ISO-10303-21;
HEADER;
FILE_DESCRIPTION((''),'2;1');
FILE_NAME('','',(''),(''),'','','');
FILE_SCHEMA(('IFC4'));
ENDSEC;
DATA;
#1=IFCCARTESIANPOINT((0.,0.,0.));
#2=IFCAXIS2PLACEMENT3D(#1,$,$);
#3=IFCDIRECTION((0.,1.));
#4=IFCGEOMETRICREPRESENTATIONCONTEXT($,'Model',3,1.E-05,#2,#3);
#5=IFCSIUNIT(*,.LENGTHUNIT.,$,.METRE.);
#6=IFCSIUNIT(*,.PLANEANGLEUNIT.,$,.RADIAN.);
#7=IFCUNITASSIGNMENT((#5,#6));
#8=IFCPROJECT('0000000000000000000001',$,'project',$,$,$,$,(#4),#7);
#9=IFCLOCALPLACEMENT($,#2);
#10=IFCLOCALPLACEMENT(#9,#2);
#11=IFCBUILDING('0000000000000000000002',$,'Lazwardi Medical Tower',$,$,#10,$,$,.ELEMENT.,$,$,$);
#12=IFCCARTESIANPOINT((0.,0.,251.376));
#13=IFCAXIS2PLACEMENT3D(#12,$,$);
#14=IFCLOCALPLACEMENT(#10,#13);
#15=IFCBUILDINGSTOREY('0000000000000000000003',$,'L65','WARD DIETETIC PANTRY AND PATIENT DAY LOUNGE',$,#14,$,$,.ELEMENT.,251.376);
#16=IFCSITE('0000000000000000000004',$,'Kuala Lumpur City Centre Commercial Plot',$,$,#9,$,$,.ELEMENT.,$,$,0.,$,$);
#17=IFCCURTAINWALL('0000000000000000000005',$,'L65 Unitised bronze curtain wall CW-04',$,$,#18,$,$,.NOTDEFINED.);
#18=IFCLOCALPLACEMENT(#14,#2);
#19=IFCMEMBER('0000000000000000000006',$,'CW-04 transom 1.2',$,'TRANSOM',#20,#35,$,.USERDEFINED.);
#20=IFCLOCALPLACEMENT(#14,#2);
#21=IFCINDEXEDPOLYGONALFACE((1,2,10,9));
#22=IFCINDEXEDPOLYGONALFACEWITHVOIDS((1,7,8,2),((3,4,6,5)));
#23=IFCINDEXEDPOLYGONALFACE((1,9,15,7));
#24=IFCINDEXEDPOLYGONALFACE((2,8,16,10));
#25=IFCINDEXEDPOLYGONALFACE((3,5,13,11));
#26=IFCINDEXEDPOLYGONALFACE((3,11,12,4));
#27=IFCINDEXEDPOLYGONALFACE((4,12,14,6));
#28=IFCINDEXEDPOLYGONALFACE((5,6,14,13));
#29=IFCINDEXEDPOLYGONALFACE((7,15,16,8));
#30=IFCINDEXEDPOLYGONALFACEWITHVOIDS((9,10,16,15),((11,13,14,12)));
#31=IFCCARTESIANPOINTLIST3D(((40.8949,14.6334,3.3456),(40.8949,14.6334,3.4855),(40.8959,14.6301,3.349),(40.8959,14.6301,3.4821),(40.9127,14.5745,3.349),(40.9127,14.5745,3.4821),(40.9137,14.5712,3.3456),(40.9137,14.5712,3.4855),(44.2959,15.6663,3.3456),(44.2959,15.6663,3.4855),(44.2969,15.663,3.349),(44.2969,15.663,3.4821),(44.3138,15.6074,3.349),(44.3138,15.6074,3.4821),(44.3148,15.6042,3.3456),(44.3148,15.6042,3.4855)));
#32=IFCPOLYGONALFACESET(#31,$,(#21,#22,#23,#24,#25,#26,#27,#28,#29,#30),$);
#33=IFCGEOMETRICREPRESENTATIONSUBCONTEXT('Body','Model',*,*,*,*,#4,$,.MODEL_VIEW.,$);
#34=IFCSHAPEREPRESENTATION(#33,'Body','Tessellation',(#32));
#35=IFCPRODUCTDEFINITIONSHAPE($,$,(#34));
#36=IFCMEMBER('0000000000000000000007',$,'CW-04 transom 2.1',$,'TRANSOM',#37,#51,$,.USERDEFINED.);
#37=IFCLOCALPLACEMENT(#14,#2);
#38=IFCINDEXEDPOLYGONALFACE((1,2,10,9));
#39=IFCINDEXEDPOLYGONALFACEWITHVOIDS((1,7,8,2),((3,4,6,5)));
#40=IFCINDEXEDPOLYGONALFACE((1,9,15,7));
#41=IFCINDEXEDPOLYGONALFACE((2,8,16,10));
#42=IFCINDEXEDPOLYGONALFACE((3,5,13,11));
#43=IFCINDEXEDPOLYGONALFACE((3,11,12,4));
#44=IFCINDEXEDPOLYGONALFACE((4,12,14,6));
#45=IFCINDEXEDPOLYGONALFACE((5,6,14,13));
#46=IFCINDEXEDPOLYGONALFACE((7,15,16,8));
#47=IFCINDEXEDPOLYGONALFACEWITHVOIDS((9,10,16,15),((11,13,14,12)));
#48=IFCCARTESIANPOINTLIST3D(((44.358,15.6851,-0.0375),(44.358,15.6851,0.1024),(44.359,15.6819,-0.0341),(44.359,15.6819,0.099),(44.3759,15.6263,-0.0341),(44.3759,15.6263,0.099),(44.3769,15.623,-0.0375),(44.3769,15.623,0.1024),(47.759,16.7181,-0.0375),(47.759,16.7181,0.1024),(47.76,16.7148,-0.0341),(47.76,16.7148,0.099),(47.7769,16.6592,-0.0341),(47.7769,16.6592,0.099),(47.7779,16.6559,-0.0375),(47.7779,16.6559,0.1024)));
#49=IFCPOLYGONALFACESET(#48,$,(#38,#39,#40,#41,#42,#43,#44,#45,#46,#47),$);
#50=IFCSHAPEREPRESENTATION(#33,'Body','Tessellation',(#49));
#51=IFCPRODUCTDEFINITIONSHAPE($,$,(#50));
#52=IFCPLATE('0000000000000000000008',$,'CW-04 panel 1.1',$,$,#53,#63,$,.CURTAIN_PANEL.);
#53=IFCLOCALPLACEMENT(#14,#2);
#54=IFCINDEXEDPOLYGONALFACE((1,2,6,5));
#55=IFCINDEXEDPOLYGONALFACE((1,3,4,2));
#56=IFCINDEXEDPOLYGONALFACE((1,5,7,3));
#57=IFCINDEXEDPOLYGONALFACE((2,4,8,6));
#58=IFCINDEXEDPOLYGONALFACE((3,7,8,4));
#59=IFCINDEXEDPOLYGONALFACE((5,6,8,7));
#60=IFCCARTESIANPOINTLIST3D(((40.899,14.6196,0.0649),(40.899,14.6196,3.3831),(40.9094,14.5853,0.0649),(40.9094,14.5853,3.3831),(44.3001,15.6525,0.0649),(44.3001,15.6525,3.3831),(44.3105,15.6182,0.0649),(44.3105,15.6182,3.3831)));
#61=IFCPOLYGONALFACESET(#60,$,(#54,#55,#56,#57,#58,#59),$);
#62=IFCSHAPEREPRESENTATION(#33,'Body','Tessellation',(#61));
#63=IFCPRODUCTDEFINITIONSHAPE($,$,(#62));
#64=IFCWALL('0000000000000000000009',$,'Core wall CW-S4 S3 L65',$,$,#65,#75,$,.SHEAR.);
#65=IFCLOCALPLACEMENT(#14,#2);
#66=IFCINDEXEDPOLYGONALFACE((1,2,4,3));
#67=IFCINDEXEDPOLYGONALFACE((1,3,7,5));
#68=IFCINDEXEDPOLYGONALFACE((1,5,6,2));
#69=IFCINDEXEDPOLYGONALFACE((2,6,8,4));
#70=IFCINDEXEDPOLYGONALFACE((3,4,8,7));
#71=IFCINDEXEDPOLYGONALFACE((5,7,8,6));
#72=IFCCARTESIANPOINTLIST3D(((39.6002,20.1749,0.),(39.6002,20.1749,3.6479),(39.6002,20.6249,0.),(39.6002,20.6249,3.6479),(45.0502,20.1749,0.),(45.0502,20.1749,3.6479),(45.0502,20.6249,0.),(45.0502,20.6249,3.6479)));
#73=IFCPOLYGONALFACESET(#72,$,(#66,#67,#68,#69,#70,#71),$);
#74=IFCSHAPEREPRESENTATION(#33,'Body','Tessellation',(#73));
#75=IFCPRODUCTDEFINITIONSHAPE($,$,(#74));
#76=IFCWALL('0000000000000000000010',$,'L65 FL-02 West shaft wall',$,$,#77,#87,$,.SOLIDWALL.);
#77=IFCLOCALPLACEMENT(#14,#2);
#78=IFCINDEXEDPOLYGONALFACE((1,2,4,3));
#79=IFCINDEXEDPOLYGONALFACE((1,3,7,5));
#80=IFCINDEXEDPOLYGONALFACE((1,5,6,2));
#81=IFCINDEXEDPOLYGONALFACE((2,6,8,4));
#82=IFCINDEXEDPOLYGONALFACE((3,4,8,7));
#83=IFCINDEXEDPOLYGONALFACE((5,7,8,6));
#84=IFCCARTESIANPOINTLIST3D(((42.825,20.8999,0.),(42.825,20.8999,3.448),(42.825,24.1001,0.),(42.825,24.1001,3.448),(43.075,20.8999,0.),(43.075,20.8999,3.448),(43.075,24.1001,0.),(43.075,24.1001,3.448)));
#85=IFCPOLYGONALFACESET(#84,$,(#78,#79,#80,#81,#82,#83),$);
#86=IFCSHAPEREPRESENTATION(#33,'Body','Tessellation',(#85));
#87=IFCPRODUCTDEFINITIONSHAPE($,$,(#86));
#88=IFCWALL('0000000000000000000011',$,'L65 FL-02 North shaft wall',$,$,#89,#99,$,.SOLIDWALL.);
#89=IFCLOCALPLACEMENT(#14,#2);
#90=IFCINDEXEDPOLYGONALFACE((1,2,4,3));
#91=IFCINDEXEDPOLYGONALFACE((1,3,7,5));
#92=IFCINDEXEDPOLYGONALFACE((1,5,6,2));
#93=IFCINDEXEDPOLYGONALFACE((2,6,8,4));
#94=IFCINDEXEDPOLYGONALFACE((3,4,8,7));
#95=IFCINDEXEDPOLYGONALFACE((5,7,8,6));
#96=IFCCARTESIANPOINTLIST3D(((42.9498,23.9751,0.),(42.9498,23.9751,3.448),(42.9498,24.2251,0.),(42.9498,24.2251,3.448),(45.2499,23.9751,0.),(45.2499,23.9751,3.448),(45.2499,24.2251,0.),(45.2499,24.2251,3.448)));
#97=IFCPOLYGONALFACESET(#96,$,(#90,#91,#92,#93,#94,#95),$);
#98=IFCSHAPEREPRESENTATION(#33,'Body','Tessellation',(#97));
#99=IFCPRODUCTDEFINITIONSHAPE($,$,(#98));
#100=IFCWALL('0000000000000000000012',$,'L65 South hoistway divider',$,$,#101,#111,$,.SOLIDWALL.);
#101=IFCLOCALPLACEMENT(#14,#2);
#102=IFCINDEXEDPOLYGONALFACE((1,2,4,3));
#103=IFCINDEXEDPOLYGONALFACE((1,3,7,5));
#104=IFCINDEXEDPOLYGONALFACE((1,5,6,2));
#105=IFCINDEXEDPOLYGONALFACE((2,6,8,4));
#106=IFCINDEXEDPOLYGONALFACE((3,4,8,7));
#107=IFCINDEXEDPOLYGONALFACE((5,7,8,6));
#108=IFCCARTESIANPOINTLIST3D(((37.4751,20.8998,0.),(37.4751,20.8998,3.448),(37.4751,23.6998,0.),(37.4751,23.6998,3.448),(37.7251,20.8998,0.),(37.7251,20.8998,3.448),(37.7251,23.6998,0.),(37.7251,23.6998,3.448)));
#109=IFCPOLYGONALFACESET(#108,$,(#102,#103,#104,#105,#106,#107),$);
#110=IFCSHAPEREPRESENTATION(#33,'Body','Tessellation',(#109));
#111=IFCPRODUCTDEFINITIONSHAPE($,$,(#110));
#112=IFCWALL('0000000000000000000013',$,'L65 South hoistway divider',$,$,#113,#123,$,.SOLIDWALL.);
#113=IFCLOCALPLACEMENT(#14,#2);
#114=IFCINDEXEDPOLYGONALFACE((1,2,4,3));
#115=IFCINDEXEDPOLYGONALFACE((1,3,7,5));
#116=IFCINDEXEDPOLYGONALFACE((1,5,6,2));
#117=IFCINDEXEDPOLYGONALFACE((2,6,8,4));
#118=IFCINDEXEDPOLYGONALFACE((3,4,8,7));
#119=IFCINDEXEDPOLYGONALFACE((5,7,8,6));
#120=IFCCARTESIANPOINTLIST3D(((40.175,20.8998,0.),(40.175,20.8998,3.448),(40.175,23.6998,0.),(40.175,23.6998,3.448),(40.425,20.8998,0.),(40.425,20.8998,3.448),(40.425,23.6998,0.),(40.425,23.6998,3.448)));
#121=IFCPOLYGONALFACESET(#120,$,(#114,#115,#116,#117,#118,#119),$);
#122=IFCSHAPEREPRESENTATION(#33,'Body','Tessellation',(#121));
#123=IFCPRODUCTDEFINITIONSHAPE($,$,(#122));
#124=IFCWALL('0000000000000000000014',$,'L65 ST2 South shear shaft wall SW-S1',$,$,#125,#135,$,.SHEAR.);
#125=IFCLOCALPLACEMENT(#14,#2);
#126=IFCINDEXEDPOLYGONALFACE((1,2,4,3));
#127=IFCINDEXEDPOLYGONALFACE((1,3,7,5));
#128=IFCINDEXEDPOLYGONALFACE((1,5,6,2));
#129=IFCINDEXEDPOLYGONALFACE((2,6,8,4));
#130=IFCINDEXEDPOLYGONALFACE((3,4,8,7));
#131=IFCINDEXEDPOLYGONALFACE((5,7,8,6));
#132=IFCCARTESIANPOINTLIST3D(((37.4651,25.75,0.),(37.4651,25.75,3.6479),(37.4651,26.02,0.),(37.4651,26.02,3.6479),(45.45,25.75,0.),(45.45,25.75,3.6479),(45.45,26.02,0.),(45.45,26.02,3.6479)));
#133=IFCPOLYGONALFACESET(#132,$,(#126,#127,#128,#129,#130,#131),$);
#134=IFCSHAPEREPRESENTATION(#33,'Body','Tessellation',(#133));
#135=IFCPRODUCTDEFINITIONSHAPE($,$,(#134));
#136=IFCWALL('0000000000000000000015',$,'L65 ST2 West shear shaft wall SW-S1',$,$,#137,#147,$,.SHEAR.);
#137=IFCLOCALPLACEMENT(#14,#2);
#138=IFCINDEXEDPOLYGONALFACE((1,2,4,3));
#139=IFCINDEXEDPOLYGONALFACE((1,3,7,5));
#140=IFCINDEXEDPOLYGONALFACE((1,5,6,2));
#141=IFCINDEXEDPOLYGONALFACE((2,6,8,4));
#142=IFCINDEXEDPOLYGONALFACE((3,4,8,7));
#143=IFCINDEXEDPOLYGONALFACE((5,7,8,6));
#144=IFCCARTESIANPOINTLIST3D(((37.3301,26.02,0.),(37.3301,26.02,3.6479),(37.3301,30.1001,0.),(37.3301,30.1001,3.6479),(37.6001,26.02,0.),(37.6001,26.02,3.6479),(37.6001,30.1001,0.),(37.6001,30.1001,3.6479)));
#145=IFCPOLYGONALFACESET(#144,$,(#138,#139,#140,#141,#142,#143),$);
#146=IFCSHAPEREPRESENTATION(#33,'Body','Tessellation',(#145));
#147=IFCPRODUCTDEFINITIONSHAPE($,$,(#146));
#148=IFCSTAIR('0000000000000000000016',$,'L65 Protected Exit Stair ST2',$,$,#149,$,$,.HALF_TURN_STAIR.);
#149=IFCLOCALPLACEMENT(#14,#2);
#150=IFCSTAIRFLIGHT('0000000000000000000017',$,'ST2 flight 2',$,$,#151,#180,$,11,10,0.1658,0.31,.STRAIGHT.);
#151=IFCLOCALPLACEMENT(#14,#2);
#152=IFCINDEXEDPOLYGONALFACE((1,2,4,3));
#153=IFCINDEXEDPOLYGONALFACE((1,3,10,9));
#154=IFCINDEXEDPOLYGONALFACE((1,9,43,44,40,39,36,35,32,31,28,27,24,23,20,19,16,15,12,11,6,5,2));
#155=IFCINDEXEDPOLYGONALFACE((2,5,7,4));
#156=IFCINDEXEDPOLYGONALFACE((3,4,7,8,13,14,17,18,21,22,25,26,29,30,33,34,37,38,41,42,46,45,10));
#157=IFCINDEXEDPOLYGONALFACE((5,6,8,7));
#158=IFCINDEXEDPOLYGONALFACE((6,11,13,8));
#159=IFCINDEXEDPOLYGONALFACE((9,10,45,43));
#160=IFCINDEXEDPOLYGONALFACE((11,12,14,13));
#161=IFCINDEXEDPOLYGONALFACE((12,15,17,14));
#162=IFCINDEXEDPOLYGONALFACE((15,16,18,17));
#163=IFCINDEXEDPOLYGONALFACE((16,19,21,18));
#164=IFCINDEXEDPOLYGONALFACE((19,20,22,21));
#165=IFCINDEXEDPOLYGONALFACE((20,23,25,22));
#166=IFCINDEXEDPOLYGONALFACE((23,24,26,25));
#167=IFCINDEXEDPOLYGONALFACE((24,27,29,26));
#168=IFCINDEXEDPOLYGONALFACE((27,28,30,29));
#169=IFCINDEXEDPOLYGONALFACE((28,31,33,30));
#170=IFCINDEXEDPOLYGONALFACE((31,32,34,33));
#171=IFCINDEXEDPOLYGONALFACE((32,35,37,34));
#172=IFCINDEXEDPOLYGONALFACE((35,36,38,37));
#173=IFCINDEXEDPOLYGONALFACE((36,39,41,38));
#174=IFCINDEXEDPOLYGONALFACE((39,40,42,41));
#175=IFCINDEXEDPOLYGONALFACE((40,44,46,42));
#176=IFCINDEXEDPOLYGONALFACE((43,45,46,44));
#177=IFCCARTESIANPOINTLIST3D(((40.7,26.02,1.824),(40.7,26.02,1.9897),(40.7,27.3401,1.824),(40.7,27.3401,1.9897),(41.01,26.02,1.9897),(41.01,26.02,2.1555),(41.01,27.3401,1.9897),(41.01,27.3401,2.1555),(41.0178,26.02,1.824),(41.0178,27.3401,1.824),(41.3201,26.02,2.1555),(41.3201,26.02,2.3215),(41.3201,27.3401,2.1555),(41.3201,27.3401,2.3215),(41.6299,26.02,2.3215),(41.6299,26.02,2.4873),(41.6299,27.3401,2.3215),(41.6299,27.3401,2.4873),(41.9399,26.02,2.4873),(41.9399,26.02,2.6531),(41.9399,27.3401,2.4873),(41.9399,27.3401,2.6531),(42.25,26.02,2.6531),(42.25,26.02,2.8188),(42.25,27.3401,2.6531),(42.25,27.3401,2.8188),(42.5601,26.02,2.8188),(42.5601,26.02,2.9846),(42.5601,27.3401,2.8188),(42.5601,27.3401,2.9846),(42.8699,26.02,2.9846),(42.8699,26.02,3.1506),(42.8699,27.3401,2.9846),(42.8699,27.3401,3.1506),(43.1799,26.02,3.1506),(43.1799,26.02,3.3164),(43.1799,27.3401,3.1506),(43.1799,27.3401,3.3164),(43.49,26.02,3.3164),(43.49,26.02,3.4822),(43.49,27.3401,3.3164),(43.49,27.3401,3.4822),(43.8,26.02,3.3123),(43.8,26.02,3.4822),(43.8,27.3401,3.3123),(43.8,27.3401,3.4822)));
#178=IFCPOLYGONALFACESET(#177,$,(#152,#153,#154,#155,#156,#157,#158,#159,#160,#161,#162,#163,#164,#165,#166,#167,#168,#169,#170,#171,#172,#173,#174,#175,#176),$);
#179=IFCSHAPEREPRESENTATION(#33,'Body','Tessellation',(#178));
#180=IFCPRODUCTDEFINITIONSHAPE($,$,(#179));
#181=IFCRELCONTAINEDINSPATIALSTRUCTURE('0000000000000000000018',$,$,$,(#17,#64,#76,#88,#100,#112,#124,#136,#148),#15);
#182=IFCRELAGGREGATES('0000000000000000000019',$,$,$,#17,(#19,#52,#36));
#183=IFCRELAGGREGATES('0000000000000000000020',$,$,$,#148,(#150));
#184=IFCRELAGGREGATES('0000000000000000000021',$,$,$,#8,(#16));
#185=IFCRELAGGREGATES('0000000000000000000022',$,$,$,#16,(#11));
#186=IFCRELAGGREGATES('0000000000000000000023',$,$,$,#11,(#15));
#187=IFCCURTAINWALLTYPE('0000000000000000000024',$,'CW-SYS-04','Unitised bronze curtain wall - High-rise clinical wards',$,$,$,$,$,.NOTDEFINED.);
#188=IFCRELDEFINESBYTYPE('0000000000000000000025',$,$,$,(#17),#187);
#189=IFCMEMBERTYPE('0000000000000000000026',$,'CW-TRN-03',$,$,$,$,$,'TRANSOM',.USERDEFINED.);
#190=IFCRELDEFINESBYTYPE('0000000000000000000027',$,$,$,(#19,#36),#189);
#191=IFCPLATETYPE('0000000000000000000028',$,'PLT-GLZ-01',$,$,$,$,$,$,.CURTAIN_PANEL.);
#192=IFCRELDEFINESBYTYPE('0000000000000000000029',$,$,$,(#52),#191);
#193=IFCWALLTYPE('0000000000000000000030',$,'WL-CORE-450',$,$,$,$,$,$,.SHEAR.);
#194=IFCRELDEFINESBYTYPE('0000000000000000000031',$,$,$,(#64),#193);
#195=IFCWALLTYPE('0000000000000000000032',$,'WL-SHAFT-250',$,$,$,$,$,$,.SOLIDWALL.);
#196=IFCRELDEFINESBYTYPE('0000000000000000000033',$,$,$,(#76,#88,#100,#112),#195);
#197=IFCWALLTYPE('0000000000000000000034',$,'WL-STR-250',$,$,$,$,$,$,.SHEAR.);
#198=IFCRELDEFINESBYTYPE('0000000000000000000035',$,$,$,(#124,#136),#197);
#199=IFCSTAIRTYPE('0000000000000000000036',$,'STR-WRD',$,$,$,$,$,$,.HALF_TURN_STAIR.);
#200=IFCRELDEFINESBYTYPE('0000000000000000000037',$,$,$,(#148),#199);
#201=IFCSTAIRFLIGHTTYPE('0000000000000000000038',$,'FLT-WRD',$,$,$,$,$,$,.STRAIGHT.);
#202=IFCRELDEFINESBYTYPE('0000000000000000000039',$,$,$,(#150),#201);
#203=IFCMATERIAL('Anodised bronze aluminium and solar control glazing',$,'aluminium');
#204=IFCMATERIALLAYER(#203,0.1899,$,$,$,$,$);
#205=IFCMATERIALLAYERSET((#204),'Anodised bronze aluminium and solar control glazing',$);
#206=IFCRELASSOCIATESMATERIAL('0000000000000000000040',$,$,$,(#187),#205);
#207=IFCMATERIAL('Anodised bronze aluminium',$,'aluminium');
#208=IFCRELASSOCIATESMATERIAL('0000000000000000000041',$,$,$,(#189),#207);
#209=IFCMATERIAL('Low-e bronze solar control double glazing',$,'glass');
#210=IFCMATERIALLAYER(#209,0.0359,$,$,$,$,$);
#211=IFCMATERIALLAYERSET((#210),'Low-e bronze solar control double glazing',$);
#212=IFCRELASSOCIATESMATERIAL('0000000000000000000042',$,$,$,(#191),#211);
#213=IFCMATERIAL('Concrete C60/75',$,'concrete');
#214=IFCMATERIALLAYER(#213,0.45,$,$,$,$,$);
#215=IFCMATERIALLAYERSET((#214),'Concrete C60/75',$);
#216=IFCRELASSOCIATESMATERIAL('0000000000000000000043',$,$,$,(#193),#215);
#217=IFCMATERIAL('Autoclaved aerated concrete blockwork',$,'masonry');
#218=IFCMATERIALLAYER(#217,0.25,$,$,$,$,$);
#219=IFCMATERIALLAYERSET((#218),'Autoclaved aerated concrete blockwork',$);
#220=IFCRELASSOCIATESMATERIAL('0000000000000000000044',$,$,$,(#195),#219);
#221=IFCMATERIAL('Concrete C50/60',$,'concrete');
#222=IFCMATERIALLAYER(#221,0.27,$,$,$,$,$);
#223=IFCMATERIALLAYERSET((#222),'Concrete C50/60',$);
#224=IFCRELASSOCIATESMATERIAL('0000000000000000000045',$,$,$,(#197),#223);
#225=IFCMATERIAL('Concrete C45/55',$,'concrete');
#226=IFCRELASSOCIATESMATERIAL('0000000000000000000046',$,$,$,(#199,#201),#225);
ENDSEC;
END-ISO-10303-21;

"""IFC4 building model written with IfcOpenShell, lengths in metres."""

from ifc_helpers import new_model, si_unit, direction, frame, frame_2d, origin, origin_2d, place, context, subcontext, project, spatial, polyline, rectangle, hollow_rectangle, outline, extrude, material, layer, layer_set, material_profile, profile_set, type_object, element, aggregate, save


model = new_model("IFC4")

# Units and contexts
model_context = context("Model", 3, precision=1e-05, world=origin(), true_north=direction((0.0, 1.0)))
body_context = subcontext(model_context, "Body", "Model", "MODEL_VIEW")
ifc_project = project(units=[si_unit("LENGTHUNIT", "METRE"), si_unit("PLANEANGLEUNIT", "RADIAN")], contexts=[model_context])

# Site, building, storey
site_placement = place(None, origin())
site = spatial("IfcSite", under=ifc_project, at=site_placement, Name="Kuala Lumpur City Centre Commercial Plot", CompositionType="ELEMENT", RefElevation=0.0)
building_placement = place(site_placement, origin())
building = spatial("IfcBuilding", under=site, at=building_placement, Name="Lazwardi Medical Tower", CompositionType="ELEMENT")
storey_placement = place(building_placement, frame((0.0, 0.0, 251.376)))
storey = spatial("IfcBuildingStorey", under=building, at=storey_placement, Name="L65", Description="WARD DIETETIC PANTRY AND PATIENT DAY LOUNGE", CompositionType="ELEMENT", Elevation=251.376)

# Shared definitions
ifc_material_1 = material(Name="Concrete C60/75", Category="concrete")

# Curtain wall, members, plate
ifc_material_2 = material(Name="Anodised bronze aluminium and solar control glazing", Category="aluminium")
ifc_layer_1 = layer(ifc_material_2, 0.1899)
ifc_layer_set_1 = layer_set([ifc_layer_1], Name="Anodised bronze aluminium and solar control glazing")
curtain_wall_type = type_object("IfcCurtainWallType", Name="CW-SYS-04", Description="Unitised bronze curtain wall - High-rise clinical wards", PredefinedType="NOTDEFINED", material=ifc_layer_set_1)
curtain_wall_placement = place(storey_placement, origin())
curtain_wall = element("IfcCurtainWall", 1, at=curtain_wall_placement, inside=storey, type_object=curtain_wall_type, Name="L65 Unitised bronze curtain wall CW-04", PredefinedType="NOTDEFINED")
ifc_material_3 = material(Name="Anodised bronze aluminium", Category="aluminium")
ifc_material_profile_1 = material_profile(ifc_material_3, hollow_rectangle(XDim=0.0649, YDim=0.1399, WallThickness=0.0034, at=origin_2d()), Name="ALU-TRANSOM 140x65x3.5")
ifc_profile_set_1 = profile_set([ifc_material_profile_1], Name="Anodised bronze aluminium")
member_type_1 = type_object("IfcMemberType", Name="CW-TRN-03", ElementType="TRANSOM", PredefinedType="USERDEFINED", material=ifc_profile_set_1)
member_1_placement = place(storey_placement, frame((40.9043, 14.6023, 3.4155), z_axis=(0.956843, 0.290604, 0.0), x_axis=(-0.290604, 0.956843, 0.0)))
member_1 = element("IfcMember", 2, at=member_1_placement, type_object=member_type_1, Name="CW-04 transom 1.2", ObjectType="TRANSOM", PredefinedType="USERDEFINED", context=body_context, shape_type="SweptSolid", body=[
    extrude(hollow_rectangle(XDim=0.0649, YDim=0.1399, WallThickness=0.0034, at=origin_2d()), origin(), (0.0, 0.0, 1.0), 3.5544),
])
member_2_placement = place(storey_placement, frame((44.3674, 15.6541, 0.0325), z_axis=(0.956843, 0.290604, 0.0), x_axis=(-0.290604, 0.956843, 0.0)))
member_2 = element("IfcMember", 3, at=member_2_placement, type_object=member_type_1, Name="CW-04 transom 2.1", ObjectType="TRANSOM", PredefinedType="USERDEFINED", context=body_context, shape_type="SweptSolid", body=[
    extrude(hollow_rectangle(XDim=0.0649, YDim=0.1399, WallThickness=0.0034, at=origin_2d()), origin(), (0.0, 0.0, 1.0), 3.5544),
])
ifc_material_4 = material(Name="Low-e bronze solar control double glazing", Category="glass")
ifc_layer_2 = layer(ifc_material_4, 0.0359)
ifc_layer_set_2 = layer_set([ifc_layer_2], Name="Low-e bronze solar control double glazing")
plate_type = type_object("IfcPlateType", Name="PLT-GLZ-01", PredefinedType="CURTAIN_PANEL", material=ifc_layer_set_2)
plate_placement = place(storey_placement, frame((42.6047, 15.1189, 0.0649), z_axis=(0.0, 0.0, 1.0), x_axis=(0.95685, 0.290582, 0.0)))
plate = element("IfcPlate", 4, at=plate_placement, type_object=plate_type, Name="CW-04 panel 1.1", PredefinedType="CURTAIN_PANEL", context=body_context, shape_type="SweptSolid", body=[
    extrude(rectangle(XDim=3.5544, YDim=0.0359, at=origin_2d()), origin(), (0.0, 0.0, 1.0), 3.3181),
])
aggregate(curtain_wall, [member_1, plate, member_2])

# Walls
ifc_layer_3 = layer(ifc_material_1, 0.45)
ifc_layer_set_3 = layer_set([ifc_layer_3], Name="Concrete C60/75")
wall_type_1 = type_object("IfcWallType", Name="WL-CORE-450", PredefinedType="SHEAR", material=ifc_layer_set_3)
wall_1_placement = place(storey_placement, frame((39.6001, 20.3999, 0.0), z_axis=(0.0, 0.0, 1.0), x_axis=(1.0, 0.0, 0.0)))
element("IfcWall", 5, at=wall_1_placement, inside=storey, type_object=wall_type_1, Name="Core wall CW-S4 S3 L65", PredefinedType="SHEAR", context=body_context, shape_type="SweptSolid", body=[
    extrude(rectangle(XDim=5.45, YDim=0.45, at=frame_2d((2.7251, 0.0))), origin(), (0.0, 0.0, 1.0), 3.6479),
])
ifc_material_5 = material(Name="Autoclaved aerated concrete blockwork", Category="masonry")
ifc_layer_4 = layer(ifc_material_5, 0.25)
ifc_layer_set_4 = layer_set([ifc_layer_4], Name="Autoclaved aerated concrete blockwork")
wall_type_2 = type_object("IfcWallType", Name="WL-SHAFT-250", PredefinedType="SOLIDWALL", material=ifc_layer_set_4)
wall_2_placement = place(storey_placement, frame((42.95, 20.8999, 0.0), z_axis=(0.0, 0.0, 1.0), x_axis=(0.0, 1.0, 0.0)))
element("IfcWall", 6, at=wall_2_placement, inside=storey, type_object=wall_type_2, Name="L65 FL-02 West shaft wall", PredefinedType="SOLIDWALL", context=body_context, shape_type="SweptSolid", body=[
    extrude(rectangle(XDim=3.2002, YDim=0.25, at=frame_2d((1.6001, 0.0))), origin(), (0.0, 0.0, 1.0), 3.448),
])
wall_3_placement = place(storey_placement, frame((42.95, 24.1001, 0.0), z_axis=(0.0, 0.0, 1.0), x_axis=(1.0, 0.0, 0.0)))
element("IfcWall", 7, at=wall_3_placement, inside=storey, type_object=wall_type_2, Name="L65 FL-02 North shaft wall", PredefinedType="SOLIDWALL", context=body_context, shape_type="SweptSolid", body=[
    extrude(rectangle(XDim=2.3, YDim=0.25, at=frame_2d((1.1499, 0.0))), origin(), (0.0, 0.0, 1.0), 3.448),
])
for number, where, z_axis, x_axis, name in (
    (8, (37.6001, 20.8999, 0.0), (0.0, 0.0, 1.0), (0.0, 1.0, 0.0), "L65 South hoistway divider"),
    (9, (40.3, 20.8999, 0.0), (0.0, 0.0, 1.0), (0.0, 1.0, 0.0), "L65 South hoistway divider"),
):
    element("IfcWall", number, at=place(storey_placement, frame(where, z_axis=z_axis, x_axis=x_axis)), inside=storey, type_object=wall_type_2, Name=name, PredefinedType="SOLIDWALL", context=body_context, shape_type="SweptSolid", body=[
        extrude(rectangle(XDim=2.8, YDim=0.25, at=frame_2d((1.3999, 0.0))), origin(), (0.0, 0.0, 1.0), 3.448),
    ])
ifc_material_6 = material(Name="Concrete C50/60", Category="concrete")
ifc_layer_5 = layer(ifc_material_6, 0.27)
ifc_layer_set_5 = layer_set([ifc_layer_5], Name="Concrete C50/60")
wall_type_3 = type_object("IfcWallType", Name="WL-STR-250", PredefinedType="SHEAR", material=ifc_layer_set_5)
wall_4_placement = place(storey_placement, frame((37.4651, 25.885, 0.0), z_axis=(0.0, 0.0, 1.0), x_axis=(1.0, 0.0, 0.0)))
element("IfcWall", 10, at=wall_4_placement, inside=storey, type_object=wall_type_3, Name="L65 ST2 South shear shaft wall SW-S1", PredefinedType="SHEAR", context=body_context, shape_type="SweptSolid", body=[
    extrude(rectangle(XDim=7.9849, YDim=0.27, at=frame_2d((3.9924, 0.0))), origin(), (0.0, 0.0, 1.0), 3.6479),
])
wall_5_placement = place(storey_placement, frame((37.4651, 26.02, 0.0), z_axis=(0.0, 0.0, 1.0), x_axis=(0.0, 1.0, 0.0)))
element("IfcWall", 11, at=wall_5_placement, inside=storey, type_object=wall_type_3, Name="L65 ST2 West shear shaft wall SW-S1", PredefinedType="SHEAR", context=body_context, shape_type="SweptSolid", body=[
    extrude(rectangle(XDim=4.0801, YDim=0.27, at=frame_2d((2.04, 0.0))), origin(), (0.0, 0.0, 1.0), 3.6479),
])

# Stair, stair flight
ifc_material_7 = material(Name="Concrete C45/55", Category="concrete")
stair_type = type_object("IfcStairType", Name="STR-WRD", PredefinedType="HALF_TURN_STAIR", material=ifc_material_7)
stair_placement = place(storey_placement, origin())
stair = element("IfcStair", 12, at=stair_placement, inside=storey, type_object=stair_type, Name="L65 Protected Exit Stair ST2", PredefinedType="HALF_TURN_STAIR")
stair_flight_type = type_object("IfcStairFlightType", Name="FLT-WRD", PredefinedType="STRAIGHT", material=ifc_material_7)
stair_flight_placement = place(storey_placement, frame((40.7, 26.6799, 1.824), z_axis=(0.0, 0.0, 1.0), x_axis=(1.0, 0.0, 0.0)))
stair_flight = element("IfcStairFlight", 13, at=stair_flight_placement, type_object=stair_flight_type, Name="ST2 flight 2", NumberOfRisers=11, NumberOfTreads=10, PredefinedType="STRAIGHT", RiserHeight=0.1658, TreadLength=0.31, context=body_context, shape_type="SweptSolid", body=[
    extrude(outline(polyline([(0.0, 0.0), (0.0, 0.1658), (0.3101, 0.1658), (0.3101, 0.3315), (0.6201, 0.3315), (0.6201, 0.4976), (0.9299, 0.4976), (0.9299, 0.6633), (1.24, 0.6633), (1.24, 0.8291), (1.55, 0.8291), (1.55, 0.9949), (1.8601, 0.9949), (1.8601, 1.1606), (2.1699, 1.1606), (2.1699, 1.3267), (2.48, 1.3267), (2.48, 1.4924), (2.79, 1.4924), (2.79, 1.6582), (3.1001, 1.6582), (3.1001, 1.824), (3.1001, 1.4883), (0.3179, 0.0), (0.0, 0.0)])), frame((0.0, 0.6602, 0.0), z_axis=(0.0, -1.0, 0.0), x_axis=(1.0, 0.0, 0.0)), (0.0, 0.0, 1.0), 1.3201),
])
aggregate(stair, [stair_flight])

save(model, "model.ifc")
